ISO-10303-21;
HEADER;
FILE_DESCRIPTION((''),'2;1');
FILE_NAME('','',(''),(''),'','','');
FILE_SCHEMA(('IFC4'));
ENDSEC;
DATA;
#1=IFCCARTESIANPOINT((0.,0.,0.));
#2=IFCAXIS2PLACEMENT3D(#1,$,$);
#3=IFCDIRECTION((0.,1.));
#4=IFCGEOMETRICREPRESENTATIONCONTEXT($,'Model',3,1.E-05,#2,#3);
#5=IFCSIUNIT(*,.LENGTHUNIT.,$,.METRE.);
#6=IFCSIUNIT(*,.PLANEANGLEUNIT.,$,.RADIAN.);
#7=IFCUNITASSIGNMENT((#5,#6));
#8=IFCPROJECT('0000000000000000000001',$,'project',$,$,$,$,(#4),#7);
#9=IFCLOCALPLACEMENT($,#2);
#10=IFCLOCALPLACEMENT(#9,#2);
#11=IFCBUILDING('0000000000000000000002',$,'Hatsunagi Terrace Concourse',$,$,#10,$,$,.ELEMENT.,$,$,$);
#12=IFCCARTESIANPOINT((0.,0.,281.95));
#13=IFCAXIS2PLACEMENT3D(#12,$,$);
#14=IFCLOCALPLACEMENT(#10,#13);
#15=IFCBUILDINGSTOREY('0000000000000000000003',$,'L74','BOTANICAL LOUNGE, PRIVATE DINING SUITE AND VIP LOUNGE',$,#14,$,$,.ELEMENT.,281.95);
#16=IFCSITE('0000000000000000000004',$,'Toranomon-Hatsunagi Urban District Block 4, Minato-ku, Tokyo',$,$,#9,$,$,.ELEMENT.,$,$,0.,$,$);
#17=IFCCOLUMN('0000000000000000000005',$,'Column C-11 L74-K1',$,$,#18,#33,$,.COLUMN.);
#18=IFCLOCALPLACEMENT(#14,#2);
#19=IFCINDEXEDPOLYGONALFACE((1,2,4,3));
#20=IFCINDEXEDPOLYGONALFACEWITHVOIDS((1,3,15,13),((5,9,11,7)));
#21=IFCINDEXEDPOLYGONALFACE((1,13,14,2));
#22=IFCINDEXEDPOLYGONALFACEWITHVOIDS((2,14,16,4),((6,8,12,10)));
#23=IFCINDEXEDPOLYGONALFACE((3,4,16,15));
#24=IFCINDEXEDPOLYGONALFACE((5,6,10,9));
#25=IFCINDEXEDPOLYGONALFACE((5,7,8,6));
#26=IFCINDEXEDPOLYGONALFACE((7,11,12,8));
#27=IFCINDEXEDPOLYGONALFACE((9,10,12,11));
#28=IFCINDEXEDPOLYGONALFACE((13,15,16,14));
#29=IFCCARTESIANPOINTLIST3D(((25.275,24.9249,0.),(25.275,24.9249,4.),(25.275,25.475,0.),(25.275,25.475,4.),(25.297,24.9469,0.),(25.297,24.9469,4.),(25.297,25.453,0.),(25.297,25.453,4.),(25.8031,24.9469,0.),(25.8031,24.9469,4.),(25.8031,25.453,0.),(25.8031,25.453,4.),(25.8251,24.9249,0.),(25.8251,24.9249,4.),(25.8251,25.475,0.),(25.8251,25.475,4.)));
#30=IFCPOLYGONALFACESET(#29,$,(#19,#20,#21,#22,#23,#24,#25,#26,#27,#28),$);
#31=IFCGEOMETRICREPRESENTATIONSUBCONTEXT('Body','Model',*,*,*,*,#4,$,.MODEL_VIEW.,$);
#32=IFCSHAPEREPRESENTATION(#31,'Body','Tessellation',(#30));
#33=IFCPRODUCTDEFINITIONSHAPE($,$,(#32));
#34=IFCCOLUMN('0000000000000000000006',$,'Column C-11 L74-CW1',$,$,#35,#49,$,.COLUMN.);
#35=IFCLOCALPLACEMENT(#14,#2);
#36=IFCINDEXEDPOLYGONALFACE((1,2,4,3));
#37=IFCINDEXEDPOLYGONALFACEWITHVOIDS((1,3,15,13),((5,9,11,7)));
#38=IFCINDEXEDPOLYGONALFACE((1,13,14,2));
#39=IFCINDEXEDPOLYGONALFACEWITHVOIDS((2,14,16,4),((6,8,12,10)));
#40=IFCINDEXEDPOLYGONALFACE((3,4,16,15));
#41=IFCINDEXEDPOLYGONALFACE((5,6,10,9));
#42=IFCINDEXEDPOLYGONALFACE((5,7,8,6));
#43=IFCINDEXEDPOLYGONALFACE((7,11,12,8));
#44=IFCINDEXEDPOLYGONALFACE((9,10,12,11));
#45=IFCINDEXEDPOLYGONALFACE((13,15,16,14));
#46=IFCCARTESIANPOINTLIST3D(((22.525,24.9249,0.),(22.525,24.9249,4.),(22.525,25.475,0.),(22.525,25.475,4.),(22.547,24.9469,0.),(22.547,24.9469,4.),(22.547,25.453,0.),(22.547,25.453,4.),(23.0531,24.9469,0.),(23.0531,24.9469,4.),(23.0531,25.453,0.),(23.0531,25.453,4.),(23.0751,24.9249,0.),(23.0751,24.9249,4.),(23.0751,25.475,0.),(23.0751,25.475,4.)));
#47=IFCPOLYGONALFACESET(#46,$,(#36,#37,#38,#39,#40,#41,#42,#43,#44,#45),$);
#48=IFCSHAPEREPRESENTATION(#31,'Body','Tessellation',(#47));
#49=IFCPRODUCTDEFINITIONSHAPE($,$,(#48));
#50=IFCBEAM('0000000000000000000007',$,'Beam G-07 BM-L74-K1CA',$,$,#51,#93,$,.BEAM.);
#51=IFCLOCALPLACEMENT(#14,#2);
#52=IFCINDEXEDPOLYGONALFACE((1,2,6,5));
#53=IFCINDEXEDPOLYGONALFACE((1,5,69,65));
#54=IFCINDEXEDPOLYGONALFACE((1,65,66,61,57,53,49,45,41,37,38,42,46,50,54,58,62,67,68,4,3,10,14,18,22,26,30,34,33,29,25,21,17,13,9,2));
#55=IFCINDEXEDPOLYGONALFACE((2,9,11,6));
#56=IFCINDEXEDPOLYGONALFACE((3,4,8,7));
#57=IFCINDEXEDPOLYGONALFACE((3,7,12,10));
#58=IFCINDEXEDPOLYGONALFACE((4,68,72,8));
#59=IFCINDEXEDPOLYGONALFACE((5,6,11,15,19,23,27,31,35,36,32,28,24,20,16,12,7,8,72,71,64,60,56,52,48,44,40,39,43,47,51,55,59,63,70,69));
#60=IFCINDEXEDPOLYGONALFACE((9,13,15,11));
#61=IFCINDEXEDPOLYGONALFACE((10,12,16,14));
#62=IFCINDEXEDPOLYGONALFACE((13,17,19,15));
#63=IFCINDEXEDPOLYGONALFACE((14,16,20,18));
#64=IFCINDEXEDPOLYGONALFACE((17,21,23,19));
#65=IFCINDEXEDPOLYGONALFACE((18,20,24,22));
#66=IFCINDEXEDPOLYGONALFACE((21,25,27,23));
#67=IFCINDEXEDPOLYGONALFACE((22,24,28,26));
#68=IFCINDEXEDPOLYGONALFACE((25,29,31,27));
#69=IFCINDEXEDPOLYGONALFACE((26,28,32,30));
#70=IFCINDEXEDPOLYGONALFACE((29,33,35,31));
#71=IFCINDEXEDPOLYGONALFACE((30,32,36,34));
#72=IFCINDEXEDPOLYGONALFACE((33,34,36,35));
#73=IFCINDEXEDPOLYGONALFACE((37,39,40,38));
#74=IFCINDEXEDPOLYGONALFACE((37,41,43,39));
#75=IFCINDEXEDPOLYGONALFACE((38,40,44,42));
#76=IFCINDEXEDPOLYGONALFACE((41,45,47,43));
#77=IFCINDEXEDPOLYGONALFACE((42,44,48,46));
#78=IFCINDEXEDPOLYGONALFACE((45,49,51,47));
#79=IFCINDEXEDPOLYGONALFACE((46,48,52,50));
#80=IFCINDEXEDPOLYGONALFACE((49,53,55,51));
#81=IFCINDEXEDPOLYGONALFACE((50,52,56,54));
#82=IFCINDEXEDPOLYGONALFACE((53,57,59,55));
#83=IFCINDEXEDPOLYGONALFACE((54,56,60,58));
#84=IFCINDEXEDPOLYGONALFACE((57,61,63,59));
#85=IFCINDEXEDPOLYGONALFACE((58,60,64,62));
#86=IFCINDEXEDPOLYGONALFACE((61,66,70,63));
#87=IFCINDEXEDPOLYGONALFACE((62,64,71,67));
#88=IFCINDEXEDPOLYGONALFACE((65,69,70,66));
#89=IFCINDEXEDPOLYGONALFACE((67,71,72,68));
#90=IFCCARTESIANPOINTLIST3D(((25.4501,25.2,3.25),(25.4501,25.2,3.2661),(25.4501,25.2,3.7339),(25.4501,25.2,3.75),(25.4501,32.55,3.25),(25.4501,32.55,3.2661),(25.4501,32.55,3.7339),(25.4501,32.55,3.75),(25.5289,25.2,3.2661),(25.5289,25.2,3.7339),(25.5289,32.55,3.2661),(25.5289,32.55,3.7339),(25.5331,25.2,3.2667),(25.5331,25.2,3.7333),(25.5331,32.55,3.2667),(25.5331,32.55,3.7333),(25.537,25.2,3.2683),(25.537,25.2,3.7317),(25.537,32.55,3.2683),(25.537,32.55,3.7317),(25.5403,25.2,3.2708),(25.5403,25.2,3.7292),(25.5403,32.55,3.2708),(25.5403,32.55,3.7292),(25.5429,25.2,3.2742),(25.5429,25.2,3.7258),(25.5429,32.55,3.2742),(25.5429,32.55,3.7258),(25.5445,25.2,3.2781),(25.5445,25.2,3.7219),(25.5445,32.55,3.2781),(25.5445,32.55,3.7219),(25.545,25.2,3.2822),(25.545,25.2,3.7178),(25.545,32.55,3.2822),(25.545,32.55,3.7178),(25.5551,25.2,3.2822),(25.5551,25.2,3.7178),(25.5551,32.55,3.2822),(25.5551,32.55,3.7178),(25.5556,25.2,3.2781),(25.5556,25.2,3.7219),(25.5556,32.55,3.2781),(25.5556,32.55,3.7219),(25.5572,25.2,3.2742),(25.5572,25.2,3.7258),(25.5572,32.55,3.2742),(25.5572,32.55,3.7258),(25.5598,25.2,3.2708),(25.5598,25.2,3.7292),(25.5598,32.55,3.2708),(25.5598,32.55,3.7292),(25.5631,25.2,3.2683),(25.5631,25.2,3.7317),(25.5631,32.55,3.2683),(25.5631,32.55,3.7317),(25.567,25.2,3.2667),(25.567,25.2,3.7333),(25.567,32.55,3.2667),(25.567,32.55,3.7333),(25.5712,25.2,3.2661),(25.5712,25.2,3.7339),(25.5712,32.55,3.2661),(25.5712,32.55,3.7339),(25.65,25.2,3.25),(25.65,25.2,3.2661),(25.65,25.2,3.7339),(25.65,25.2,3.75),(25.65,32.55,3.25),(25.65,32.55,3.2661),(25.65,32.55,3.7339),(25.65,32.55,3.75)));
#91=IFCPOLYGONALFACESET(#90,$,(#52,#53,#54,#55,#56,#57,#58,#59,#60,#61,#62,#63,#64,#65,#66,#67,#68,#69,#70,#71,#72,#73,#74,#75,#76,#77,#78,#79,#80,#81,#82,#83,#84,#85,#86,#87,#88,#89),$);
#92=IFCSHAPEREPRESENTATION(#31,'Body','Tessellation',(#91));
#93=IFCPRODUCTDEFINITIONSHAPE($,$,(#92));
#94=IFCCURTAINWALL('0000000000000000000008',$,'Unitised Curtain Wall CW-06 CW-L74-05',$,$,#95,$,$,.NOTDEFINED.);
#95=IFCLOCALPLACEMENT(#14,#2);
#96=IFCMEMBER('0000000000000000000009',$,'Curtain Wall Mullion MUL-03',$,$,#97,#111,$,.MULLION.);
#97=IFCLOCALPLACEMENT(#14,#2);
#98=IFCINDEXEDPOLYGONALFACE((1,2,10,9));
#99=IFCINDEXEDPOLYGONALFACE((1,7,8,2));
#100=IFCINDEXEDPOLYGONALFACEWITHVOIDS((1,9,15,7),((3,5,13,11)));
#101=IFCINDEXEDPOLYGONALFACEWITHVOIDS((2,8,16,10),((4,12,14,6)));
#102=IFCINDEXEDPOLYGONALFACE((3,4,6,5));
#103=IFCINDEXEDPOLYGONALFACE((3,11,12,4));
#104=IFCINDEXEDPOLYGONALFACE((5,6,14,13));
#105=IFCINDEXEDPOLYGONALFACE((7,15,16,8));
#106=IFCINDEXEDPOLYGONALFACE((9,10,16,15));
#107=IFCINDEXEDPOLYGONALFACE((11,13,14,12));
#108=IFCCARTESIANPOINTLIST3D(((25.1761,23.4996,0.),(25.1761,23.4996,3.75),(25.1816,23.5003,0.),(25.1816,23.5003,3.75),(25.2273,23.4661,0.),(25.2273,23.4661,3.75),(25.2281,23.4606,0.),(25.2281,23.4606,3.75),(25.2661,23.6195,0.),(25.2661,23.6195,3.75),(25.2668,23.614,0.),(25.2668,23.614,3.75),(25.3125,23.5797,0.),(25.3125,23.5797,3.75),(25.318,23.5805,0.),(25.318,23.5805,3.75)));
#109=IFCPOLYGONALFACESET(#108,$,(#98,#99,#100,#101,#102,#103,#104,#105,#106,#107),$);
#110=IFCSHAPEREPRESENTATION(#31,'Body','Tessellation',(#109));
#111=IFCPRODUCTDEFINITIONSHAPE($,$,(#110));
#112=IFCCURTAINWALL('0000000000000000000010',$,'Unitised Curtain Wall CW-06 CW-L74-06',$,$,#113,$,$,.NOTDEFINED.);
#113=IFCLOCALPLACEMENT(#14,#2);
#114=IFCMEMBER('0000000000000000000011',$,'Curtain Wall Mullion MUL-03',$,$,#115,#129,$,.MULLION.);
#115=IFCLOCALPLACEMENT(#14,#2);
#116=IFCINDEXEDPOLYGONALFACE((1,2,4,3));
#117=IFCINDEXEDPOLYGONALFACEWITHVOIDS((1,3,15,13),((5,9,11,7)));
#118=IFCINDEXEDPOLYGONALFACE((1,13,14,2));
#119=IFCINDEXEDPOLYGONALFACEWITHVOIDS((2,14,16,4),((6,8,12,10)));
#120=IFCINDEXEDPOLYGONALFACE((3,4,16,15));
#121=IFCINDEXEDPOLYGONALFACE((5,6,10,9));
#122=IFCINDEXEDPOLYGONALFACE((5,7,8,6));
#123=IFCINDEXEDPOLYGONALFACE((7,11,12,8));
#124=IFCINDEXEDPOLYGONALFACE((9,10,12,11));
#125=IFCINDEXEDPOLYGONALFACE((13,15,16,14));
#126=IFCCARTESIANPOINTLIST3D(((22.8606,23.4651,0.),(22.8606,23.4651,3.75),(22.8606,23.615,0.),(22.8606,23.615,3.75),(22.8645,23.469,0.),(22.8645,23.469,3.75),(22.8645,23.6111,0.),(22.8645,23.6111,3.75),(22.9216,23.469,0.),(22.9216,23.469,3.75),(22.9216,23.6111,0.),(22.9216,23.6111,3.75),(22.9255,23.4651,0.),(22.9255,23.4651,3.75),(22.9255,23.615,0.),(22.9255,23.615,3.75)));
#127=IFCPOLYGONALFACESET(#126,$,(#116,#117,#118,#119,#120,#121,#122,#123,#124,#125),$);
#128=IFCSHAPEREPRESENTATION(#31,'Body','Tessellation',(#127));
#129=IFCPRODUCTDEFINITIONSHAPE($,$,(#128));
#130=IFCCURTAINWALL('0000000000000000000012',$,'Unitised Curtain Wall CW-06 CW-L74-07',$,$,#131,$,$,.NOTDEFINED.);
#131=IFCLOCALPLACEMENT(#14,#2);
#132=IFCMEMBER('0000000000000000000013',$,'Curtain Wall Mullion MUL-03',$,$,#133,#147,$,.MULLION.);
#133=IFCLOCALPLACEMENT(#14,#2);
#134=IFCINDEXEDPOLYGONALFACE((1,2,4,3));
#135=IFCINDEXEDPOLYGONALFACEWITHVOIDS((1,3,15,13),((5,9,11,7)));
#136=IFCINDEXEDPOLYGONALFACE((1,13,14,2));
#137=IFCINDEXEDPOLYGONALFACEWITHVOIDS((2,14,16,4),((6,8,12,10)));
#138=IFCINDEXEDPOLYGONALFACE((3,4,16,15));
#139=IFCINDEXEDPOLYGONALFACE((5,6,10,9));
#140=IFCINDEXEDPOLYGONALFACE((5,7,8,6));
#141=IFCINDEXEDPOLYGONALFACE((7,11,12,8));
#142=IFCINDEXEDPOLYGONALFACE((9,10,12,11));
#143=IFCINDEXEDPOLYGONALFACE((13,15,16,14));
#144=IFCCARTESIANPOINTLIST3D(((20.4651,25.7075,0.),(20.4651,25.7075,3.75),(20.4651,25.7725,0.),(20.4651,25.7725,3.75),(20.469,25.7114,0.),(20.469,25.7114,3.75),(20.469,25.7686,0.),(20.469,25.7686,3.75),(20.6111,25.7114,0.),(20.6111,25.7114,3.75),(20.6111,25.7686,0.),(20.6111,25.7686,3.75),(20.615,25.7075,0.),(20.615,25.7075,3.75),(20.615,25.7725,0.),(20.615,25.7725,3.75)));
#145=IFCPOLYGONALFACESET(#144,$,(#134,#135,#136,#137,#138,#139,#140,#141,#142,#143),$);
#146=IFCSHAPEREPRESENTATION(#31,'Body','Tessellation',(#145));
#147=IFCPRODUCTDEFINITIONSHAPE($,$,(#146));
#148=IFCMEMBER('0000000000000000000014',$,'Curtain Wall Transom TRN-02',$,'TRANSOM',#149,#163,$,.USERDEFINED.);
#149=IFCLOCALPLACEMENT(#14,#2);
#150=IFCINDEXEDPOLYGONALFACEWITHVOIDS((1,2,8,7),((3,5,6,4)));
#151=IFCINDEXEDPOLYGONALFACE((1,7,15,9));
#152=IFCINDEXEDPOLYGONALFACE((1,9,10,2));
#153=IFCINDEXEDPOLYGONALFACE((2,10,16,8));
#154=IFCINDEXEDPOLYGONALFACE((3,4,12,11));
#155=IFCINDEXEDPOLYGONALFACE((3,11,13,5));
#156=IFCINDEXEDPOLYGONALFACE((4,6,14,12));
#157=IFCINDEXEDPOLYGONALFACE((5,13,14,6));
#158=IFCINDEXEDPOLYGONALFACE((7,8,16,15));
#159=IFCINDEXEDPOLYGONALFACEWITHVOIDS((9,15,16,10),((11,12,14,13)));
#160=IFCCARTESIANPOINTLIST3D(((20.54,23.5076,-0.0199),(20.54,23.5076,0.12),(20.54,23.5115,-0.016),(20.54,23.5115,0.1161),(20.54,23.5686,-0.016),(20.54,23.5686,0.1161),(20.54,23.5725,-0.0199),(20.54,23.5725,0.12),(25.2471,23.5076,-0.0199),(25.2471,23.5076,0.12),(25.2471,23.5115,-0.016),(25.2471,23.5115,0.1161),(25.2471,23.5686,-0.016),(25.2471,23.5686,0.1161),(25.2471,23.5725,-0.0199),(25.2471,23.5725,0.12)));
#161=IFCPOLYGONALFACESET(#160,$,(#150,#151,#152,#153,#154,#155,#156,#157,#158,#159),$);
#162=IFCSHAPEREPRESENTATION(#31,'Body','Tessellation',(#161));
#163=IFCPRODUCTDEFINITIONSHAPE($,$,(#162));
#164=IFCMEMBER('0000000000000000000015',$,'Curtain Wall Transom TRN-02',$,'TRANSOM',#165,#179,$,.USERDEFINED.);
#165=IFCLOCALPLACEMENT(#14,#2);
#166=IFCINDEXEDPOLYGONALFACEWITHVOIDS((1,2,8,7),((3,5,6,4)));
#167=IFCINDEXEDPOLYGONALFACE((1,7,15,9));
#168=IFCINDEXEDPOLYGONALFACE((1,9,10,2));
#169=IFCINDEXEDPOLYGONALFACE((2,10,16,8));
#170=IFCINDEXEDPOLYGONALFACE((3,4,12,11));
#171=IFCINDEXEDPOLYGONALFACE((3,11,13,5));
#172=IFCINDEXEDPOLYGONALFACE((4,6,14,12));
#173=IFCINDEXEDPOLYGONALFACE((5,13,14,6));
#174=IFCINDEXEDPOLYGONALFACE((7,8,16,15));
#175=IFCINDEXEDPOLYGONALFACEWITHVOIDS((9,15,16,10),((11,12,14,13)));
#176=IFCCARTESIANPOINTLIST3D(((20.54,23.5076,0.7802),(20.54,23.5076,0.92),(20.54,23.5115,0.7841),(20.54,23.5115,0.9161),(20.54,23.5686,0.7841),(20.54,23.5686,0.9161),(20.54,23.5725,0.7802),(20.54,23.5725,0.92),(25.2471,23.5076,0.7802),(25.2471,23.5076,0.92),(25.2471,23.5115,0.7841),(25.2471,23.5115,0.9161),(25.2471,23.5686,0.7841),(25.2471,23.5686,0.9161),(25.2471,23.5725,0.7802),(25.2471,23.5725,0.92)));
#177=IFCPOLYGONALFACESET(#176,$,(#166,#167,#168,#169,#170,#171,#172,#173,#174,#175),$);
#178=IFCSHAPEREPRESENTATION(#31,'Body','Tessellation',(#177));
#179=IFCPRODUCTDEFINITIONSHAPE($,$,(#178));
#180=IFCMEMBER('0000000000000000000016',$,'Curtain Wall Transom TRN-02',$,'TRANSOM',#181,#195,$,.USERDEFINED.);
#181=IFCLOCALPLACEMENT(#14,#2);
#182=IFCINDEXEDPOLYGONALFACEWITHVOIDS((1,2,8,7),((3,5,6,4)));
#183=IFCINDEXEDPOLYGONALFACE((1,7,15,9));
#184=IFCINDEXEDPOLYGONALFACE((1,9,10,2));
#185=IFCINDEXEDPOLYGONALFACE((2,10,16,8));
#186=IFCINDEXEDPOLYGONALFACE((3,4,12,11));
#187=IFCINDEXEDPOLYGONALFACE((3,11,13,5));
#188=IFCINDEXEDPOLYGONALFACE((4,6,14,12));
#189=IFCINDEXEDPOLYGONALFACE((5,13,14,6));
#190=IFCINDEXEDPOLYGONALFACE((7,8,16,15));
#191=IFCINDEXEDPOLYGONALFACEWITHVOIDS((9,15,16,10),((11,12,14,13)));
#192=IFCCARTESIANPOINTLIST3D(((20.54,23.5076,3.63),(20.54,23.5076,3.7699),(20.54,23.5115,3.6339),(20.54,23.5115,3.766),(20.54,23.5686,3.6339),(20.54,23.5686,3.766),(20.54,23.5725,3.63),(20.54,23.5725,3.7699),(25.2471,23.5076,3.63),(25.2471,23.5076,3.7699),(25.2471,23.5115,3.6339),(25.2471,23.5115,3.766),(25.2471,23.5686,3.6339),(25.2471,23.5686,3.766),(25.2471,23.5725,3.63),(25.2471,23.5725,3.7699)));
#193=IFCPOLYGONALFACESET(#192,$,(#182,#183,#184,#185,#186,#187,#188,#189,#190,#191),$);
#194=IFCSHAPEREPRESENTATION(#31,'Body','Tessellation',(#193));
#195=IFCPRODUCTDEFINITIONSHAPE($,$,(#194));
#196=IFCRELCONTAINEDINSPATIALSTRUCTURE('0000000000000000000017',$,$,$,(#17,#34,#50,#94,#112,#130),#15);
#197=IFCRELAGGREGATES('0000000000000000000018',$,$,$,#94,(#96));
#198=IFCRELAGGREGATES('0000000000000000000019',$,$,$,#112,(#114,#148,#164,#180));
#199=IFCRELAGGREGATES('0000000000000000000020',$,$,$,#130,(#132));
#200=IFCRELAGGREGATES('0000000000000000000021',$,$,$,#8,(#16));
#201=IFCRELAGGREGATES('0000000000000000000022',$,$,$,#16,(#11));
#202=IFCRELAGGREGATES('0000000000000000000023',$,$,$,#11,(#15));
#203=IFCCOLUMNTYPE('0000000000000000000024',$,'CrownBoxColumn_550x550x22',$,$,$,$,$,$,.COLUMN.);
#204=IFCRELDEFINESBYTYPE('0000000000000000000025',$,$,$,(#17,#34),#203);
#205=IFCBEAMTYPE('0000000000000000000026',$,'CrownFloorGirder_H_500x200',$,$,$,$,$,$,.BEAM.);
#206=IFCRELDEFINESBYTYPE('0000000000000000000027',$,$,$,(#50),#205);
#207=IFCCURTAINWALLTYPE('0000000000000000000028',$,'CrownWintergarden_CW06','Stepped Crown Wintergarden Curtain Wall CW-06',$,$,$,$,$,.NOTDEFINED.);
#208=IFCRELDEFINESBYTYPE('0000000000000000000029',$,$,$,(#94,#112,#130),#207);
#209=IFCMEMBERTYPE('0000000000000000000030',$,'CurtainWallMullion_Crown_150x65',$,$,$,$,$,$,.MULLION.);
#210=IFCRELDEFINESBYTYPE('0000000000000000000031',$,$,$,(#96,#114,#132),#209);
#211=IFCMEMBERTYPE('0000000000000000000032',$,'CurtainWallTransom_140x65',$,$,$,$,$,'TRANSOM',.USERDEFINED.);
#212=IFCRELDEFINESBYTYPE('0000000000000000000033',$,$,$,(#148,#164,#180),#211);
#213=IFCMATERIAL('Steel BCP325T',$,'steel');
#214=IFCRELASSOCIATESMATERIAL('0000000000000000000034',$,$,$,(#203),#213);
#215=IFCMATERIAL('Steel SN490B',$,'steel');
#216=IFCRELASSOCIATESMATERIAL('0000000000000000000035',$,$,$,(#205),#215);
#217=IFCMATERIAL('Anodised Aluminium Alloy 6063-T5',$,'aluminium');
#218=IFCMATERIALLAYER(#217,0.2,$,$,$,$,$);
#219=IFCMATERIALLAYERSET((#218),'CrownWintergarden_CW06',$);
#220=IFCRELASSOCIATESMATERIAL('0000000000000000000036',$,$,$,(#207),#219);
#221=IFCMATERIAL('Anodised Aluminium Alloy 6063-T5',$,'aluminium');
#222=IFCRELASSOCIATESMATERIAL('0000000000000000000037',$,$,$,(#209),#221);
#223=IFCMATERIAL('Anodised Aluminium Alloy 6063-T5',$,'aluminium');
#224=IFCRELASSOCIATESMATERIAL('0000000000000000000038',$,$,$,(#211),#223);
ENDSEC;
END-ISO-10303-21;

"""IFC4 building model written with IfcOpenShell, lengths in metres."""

from ifc_helpers import new_model, si_unit, direction, frame, origin, origin_2d, place, context, subcontext, project, spatial, hollow_rectangle, i_section, extrude, material, layer, layer_set, material_profile, profile_set, type_object, element, aggregate, save


model = new_model("IFC4")

# Units and contexts
model_context = context("Model", 3, precision=1e-05, world=origin(), true_north=direction((0.0, 1.0)))
body_context = subcontext(model_context, "Body", "Model", "MODEL_VIEW")
ifc_project = project(units=[si_unit("LENGTHUNIT", "METRE"), si_unit("PLANEANGLEUNIT", "RADIAN")], contexts=[model_context])

# Site, building, storey
site_placement = place(None, origin())
site = spatial("IfcSite", under=ifc_project, at=site_placement, Name="Toranomon-Hatsunagi Urban District Block 4, Minato-ku, Tokyo", CompositionType="ELEMENT", RefElevation=0.0)
building_placement = place(site_placement, origin())
building = spatial("IfcBuilding", under=site, at=building_placement, Name="Hatsunagi Terrace Concourse", CompositionType="ELEMENT")
storey_placement = place(building_placement, frame((0.0, 0.0, 281.95)))
storey = spatial("IfcBuildingStorey", under=building, at=storey_placement, Name="L74", Description="BOTANICAL LOUNGE, PRIVATE DINING SUITE AND VIP LOUNGE", CompositionType="ELEMENT", Elevation=281.95)

# Columns
ifc_material_1 = material(Name="Steel BCP325T", Category="steel")
ifc_material_profile_1 = material_profile(ifc_material_1, hollow_rectangle(XDim=0.55, YDim=0.55, WallThickness=0.022, at=origin_2d()), Name="BCP-550x550x22")
ifc_profile_set_1 = profile_set([ifc_material_profile_1], Name="Steel BCP325T")
column_type = type_object("IfcColumnType", Name="CrownBoxColumn_550x550x22", PredefinedType="COLUMN", material=ifc_profile_set_1)
for number, where, z_axis, x_axis, name in (
    (1, (25.55, 25.2, 0.0), (0.0, 0.0, 1.0), (1.0, 0.0, 0.0), "Column C-11 L74-K1"),
    (2, (22.8, 25.2, 0.0), (0.0, 0.0, 1.0), (1.0, 0.0, 0.0), "Column C-11 L74-CW1"),
):
    element("IfcColumn", number, at=place(storey_placement, frame(where, z_axis=z_axis, x_axis=x_axis)), inside=storey, type_object=column_type, Name=name, PredefinedType="COLUMN", context=body_context, shape_type="SweptSolid", body=[
        extrude(hollow_rectangle(XDim=0.55, YDim=0.55, WallThickness=0.022, at=origin_2d()), origin(), (0.0, 0.0, 1.0), 4.0),
    ])

# Beam
ifc_material_2 = material(Name="Steel SN490B", Category="steel")
ifc_material_profile_2 = material_profile(ifc_material_2, i_section(OverallWidth=0.2, OverallDepth=0.5, WebThickness=0.01, FlangeThickness=0.0161, FilletRadius=0.0161, at=origin_2d()), Name="H-500x200x10x16")
ifc_profile_set_2 = profile_set([ifc_material_profile_2], Name="Steel SN490B")
beam_type_1 = type_object("IfcBeamType", Name="CrownFloorGirder_H_500x200", PredefinedType="BEAM", material=ifc_profile_set_2)
beam_1_placement = place(storey_placement, frame((25.55, 25.2, 3.5), z_axis=(0.0, 1.0, 0.0), x_axis=(-1.0, 0.0, 0.0)))
element("IfcBeam", 3, at=beam_1_placement, inside=storey, type_object=beam_type_1, Name="Beam G-07 BM-L74-K1CA", PredefinedType="BEAM", context=body_context, shape_type="SweptSolid", body=[
    extrude(i_section(OverallWidth=0.2, OverallDepth=0.5, WebThickness=0.01, FlangeThickness=0.0161, FilletRadius=0.0161, at=origin_2d()), origin(), (0.0, 0.0, 1.0), 7.3501),
])

# Curtain walls, members
ifc_material_3 = material(Name="Anodised Aluminium Alloy 6063-T5", Category="aluminium")
ifc_layer_1 = layer(ifc_material_3, 0.2)
ifc_layer_set_1 = layer_set([ifc_layer_1], Name="CrownWintergarden_CW06")
curtain_wall_type = type_object("IfcCurtainWallType", Name="CrownWintergarden_CW06", Description="Stepped Crown Wintergarden Curtain Wall CW-06", PredefinedType="NOTDEFINED", material=ifc_layer_set_1)
curtain_wall_1_placement = place(storey_placement, origin())
curtain_wall_1 = element("IfcCurtainWall", 4, at=curtain_wall_1_placement, inside=storey, type_object=curtain_wall_type, Name="Unitised Curtain Wall CW-06 CW-L74-05", PredefinedType="NOTDEFINED")
ifc_material_4 = material(Name="Anodised Aluminium Alloy 6063-T5", Category="aluminium")
ifc_material_profile_3 = material_profile(ifc_material_4, hollow_rectangle(XDim=0.0649, YDim=0.1499, WallThickness=0.0039, at=origin_2d()), Name="ALU-MUL-150x65x4")
ifc_profile_set_3 = profile_set([ifc_material_profile_3], Name="Anodised Aluminium Alloy 6063-T5")
member_type_1 = type_object("IfcMemberType", Name="CurtainWallMullion_Crown_150x65", PredefinedType="MULLION", material=ifc_profile_set_3)
member_1_placement = place(storey_placement, frame((25.2471, 23.54, 0.0), z_axis=(0.0, 0.0, 1.0), x_axis=(-0.800008, 0.599989, 0.0)))
member_1 = element("IfcMember", 5, at=member_1_placement, type_object=member_type_1, Name="Curtain Wall Mullion MUL-03", PredefinedType="MULLION", context=body_context, shape_type="SweptSolid", body=[
    extrude(hollow_rectangle(XDim=0.0649, YDim=0.1499, WallThickness=0.0039, at=origin_2d()), origin(), (0.0, 0.0, 1.0), 3.75),
])
aggregate(curtain_wall_1, [member_1])
curtain_wall_2_placement = place(storey_placement, origin())
curtain_wall_2 = element("IfcCurtainWall", 6, at=curtain_wall_2_placement, inside=storey, type_object=curtain_wall_type, Name="Unitised Curtain Wall CW-06 CW-L74-06", PredefinedType="NOTDEFINED")
member_2_placement = place(storey_placement, frame((22.8931, 23.54, 0.0), z_axis=(0.0, 0.0, 1.0), x_axis=(-1.0, 0.0, 0.0)))
member_2 = element("IfcMember", 7, at=member_2_placement, type_object=member_type_1, Name="Curtain Wall Mullion MUL-03", PredefinedType="MULLION", context=body_context, shape_type="SweptSolid", body=[
    extrude(hollow_rectangle(XDim=0.0649, YDim=0.1499, WallThickness=0.0039, at=origin_2d()), origin(), (0.0, 0.0, 1.0), 3.75),
])
curtain_wall_3_placement = place(storey_placement, origin())
curtain_wall_3 = element("IfcCurtainWall", 8, at=curtain_wall_3_placement, inside=storey, type_object=curtain_wall_type, Name="Unitised Curtain Wall CW-06 CW-L74-07", PredefinedType="NOTDEFINED")
member_3_placement = place(storey_placement, frame((20.54, 25.74, 0.0), z_axis=(0.0, 0.0, 1.0), x_axis=(0.0, 1.0, 0.0)))
member_3 = element("IfcMember", 9, at=member_3_placement, type_object=member_type_1, Name="Curtain Wall Mullion MUL-03", PredefinedType="MULLION", context=body_context, shape_type="SweptSolid", body=[
    extrude(hollow_rectangle(XDim=0.0649, YDim=0.1499, WallThickness=0.0039, at=origin_2d()), origin(), (0.0, 0.0, 1.0), 3.75),
])

# Members
ifc_material_5 = material(Name="Anodised Aluminium Alloy 6063-T5", Category="aluminium")
ifc_material_profile_4 = material_profile(ifc_material_5, hollow_rectangle(XDim=0.0649, YDim=0.1399, WallThickness=0.0039, at=origin_2d()), Name="ALU-TRN-140x65x4")
ifc_profile_set_4 = profile_set([ifc_material_profile_4], Name="Anodised Aluminium Alloy 6063-T5")
member_type_2 = type_object("IfcMemberType", Name="CurtainWallTransom_140x65", ElementType="TRANSOM", PredefinedType="USERDEFINED", material=ifc_profile_set_4)
member_4_placement = place(storey_placement, frame((25.2471, 23.54, 0.05), z_axis=(-1.0, 0.0, 0.0), x_axis=(0.0, -1.0, 0.0)))
member_4 = element("IfcMember", 10, at=member_4_placement, type_object=member_type_2, Name="Curtain Wall Transom TRN-02", ObjectType="TRANSOM", PredefinedType="USERDEFINED", context=body_context, shape_type="SweptSolid", body=[
    extrude(hollow_rectangle(XDim=0.0649, YDim=0.1399, WallThickness=0.0039, at=origin_2d()), origin(), (0.0, 0.0, 1.0), 4.707),
])
member_5_placement = place(storey_placement, frame((25.2471, 23.54, 0.8501), z_axis=(-1.0, 0.0, 0.0), x_axis=(0.0, -1.0, 0.0)))
member_5 = element("IfcMember", 11, at=member_5_placement, type_object=member_type_2, Name="Curtain Wall Transom TRN-02", ObjectType="TRANSOM", PredefinedType="USERDEFINED", context=body_context, shape_type="SweptSolid", body=[
    extrude(hollow_rectangle(XDim=0.0649, YDim=0.1399, WallThickness=0.0039, at=origin_2d()), origin(), (0.0, 0.0, 1.0), 4.707),
])
member_6_placement = place(storey_placement, frame((25.2471, 23.54, 3.7), z_axis=(-1.0, 0.0, 0.0), x_axis=(0.0, -1.0, 0.0)))
member_6 = element("IfcMember", 12, at=member_6_placement, type_object=member_type_2, Name="Curtain Wall Transom TRN-02", ObjectType="TRANSOM", PredefinedType="USERDEFINED", context=body_context, shape_type="SweptSolid", body=[
    extrude(hollow_rectangle(XDim=0.0649, YDim=0.1399, WallThickness=0.0039, at=origin_2d()), origin(), (0.0, 0.0, 1.0), 4.707),
])

aggregate(curtain_wall_2, [member_2, member_4, member_5, member_6])
aggregate(curtain_wall_3, [member_3])

save(model, "model.ifc")
